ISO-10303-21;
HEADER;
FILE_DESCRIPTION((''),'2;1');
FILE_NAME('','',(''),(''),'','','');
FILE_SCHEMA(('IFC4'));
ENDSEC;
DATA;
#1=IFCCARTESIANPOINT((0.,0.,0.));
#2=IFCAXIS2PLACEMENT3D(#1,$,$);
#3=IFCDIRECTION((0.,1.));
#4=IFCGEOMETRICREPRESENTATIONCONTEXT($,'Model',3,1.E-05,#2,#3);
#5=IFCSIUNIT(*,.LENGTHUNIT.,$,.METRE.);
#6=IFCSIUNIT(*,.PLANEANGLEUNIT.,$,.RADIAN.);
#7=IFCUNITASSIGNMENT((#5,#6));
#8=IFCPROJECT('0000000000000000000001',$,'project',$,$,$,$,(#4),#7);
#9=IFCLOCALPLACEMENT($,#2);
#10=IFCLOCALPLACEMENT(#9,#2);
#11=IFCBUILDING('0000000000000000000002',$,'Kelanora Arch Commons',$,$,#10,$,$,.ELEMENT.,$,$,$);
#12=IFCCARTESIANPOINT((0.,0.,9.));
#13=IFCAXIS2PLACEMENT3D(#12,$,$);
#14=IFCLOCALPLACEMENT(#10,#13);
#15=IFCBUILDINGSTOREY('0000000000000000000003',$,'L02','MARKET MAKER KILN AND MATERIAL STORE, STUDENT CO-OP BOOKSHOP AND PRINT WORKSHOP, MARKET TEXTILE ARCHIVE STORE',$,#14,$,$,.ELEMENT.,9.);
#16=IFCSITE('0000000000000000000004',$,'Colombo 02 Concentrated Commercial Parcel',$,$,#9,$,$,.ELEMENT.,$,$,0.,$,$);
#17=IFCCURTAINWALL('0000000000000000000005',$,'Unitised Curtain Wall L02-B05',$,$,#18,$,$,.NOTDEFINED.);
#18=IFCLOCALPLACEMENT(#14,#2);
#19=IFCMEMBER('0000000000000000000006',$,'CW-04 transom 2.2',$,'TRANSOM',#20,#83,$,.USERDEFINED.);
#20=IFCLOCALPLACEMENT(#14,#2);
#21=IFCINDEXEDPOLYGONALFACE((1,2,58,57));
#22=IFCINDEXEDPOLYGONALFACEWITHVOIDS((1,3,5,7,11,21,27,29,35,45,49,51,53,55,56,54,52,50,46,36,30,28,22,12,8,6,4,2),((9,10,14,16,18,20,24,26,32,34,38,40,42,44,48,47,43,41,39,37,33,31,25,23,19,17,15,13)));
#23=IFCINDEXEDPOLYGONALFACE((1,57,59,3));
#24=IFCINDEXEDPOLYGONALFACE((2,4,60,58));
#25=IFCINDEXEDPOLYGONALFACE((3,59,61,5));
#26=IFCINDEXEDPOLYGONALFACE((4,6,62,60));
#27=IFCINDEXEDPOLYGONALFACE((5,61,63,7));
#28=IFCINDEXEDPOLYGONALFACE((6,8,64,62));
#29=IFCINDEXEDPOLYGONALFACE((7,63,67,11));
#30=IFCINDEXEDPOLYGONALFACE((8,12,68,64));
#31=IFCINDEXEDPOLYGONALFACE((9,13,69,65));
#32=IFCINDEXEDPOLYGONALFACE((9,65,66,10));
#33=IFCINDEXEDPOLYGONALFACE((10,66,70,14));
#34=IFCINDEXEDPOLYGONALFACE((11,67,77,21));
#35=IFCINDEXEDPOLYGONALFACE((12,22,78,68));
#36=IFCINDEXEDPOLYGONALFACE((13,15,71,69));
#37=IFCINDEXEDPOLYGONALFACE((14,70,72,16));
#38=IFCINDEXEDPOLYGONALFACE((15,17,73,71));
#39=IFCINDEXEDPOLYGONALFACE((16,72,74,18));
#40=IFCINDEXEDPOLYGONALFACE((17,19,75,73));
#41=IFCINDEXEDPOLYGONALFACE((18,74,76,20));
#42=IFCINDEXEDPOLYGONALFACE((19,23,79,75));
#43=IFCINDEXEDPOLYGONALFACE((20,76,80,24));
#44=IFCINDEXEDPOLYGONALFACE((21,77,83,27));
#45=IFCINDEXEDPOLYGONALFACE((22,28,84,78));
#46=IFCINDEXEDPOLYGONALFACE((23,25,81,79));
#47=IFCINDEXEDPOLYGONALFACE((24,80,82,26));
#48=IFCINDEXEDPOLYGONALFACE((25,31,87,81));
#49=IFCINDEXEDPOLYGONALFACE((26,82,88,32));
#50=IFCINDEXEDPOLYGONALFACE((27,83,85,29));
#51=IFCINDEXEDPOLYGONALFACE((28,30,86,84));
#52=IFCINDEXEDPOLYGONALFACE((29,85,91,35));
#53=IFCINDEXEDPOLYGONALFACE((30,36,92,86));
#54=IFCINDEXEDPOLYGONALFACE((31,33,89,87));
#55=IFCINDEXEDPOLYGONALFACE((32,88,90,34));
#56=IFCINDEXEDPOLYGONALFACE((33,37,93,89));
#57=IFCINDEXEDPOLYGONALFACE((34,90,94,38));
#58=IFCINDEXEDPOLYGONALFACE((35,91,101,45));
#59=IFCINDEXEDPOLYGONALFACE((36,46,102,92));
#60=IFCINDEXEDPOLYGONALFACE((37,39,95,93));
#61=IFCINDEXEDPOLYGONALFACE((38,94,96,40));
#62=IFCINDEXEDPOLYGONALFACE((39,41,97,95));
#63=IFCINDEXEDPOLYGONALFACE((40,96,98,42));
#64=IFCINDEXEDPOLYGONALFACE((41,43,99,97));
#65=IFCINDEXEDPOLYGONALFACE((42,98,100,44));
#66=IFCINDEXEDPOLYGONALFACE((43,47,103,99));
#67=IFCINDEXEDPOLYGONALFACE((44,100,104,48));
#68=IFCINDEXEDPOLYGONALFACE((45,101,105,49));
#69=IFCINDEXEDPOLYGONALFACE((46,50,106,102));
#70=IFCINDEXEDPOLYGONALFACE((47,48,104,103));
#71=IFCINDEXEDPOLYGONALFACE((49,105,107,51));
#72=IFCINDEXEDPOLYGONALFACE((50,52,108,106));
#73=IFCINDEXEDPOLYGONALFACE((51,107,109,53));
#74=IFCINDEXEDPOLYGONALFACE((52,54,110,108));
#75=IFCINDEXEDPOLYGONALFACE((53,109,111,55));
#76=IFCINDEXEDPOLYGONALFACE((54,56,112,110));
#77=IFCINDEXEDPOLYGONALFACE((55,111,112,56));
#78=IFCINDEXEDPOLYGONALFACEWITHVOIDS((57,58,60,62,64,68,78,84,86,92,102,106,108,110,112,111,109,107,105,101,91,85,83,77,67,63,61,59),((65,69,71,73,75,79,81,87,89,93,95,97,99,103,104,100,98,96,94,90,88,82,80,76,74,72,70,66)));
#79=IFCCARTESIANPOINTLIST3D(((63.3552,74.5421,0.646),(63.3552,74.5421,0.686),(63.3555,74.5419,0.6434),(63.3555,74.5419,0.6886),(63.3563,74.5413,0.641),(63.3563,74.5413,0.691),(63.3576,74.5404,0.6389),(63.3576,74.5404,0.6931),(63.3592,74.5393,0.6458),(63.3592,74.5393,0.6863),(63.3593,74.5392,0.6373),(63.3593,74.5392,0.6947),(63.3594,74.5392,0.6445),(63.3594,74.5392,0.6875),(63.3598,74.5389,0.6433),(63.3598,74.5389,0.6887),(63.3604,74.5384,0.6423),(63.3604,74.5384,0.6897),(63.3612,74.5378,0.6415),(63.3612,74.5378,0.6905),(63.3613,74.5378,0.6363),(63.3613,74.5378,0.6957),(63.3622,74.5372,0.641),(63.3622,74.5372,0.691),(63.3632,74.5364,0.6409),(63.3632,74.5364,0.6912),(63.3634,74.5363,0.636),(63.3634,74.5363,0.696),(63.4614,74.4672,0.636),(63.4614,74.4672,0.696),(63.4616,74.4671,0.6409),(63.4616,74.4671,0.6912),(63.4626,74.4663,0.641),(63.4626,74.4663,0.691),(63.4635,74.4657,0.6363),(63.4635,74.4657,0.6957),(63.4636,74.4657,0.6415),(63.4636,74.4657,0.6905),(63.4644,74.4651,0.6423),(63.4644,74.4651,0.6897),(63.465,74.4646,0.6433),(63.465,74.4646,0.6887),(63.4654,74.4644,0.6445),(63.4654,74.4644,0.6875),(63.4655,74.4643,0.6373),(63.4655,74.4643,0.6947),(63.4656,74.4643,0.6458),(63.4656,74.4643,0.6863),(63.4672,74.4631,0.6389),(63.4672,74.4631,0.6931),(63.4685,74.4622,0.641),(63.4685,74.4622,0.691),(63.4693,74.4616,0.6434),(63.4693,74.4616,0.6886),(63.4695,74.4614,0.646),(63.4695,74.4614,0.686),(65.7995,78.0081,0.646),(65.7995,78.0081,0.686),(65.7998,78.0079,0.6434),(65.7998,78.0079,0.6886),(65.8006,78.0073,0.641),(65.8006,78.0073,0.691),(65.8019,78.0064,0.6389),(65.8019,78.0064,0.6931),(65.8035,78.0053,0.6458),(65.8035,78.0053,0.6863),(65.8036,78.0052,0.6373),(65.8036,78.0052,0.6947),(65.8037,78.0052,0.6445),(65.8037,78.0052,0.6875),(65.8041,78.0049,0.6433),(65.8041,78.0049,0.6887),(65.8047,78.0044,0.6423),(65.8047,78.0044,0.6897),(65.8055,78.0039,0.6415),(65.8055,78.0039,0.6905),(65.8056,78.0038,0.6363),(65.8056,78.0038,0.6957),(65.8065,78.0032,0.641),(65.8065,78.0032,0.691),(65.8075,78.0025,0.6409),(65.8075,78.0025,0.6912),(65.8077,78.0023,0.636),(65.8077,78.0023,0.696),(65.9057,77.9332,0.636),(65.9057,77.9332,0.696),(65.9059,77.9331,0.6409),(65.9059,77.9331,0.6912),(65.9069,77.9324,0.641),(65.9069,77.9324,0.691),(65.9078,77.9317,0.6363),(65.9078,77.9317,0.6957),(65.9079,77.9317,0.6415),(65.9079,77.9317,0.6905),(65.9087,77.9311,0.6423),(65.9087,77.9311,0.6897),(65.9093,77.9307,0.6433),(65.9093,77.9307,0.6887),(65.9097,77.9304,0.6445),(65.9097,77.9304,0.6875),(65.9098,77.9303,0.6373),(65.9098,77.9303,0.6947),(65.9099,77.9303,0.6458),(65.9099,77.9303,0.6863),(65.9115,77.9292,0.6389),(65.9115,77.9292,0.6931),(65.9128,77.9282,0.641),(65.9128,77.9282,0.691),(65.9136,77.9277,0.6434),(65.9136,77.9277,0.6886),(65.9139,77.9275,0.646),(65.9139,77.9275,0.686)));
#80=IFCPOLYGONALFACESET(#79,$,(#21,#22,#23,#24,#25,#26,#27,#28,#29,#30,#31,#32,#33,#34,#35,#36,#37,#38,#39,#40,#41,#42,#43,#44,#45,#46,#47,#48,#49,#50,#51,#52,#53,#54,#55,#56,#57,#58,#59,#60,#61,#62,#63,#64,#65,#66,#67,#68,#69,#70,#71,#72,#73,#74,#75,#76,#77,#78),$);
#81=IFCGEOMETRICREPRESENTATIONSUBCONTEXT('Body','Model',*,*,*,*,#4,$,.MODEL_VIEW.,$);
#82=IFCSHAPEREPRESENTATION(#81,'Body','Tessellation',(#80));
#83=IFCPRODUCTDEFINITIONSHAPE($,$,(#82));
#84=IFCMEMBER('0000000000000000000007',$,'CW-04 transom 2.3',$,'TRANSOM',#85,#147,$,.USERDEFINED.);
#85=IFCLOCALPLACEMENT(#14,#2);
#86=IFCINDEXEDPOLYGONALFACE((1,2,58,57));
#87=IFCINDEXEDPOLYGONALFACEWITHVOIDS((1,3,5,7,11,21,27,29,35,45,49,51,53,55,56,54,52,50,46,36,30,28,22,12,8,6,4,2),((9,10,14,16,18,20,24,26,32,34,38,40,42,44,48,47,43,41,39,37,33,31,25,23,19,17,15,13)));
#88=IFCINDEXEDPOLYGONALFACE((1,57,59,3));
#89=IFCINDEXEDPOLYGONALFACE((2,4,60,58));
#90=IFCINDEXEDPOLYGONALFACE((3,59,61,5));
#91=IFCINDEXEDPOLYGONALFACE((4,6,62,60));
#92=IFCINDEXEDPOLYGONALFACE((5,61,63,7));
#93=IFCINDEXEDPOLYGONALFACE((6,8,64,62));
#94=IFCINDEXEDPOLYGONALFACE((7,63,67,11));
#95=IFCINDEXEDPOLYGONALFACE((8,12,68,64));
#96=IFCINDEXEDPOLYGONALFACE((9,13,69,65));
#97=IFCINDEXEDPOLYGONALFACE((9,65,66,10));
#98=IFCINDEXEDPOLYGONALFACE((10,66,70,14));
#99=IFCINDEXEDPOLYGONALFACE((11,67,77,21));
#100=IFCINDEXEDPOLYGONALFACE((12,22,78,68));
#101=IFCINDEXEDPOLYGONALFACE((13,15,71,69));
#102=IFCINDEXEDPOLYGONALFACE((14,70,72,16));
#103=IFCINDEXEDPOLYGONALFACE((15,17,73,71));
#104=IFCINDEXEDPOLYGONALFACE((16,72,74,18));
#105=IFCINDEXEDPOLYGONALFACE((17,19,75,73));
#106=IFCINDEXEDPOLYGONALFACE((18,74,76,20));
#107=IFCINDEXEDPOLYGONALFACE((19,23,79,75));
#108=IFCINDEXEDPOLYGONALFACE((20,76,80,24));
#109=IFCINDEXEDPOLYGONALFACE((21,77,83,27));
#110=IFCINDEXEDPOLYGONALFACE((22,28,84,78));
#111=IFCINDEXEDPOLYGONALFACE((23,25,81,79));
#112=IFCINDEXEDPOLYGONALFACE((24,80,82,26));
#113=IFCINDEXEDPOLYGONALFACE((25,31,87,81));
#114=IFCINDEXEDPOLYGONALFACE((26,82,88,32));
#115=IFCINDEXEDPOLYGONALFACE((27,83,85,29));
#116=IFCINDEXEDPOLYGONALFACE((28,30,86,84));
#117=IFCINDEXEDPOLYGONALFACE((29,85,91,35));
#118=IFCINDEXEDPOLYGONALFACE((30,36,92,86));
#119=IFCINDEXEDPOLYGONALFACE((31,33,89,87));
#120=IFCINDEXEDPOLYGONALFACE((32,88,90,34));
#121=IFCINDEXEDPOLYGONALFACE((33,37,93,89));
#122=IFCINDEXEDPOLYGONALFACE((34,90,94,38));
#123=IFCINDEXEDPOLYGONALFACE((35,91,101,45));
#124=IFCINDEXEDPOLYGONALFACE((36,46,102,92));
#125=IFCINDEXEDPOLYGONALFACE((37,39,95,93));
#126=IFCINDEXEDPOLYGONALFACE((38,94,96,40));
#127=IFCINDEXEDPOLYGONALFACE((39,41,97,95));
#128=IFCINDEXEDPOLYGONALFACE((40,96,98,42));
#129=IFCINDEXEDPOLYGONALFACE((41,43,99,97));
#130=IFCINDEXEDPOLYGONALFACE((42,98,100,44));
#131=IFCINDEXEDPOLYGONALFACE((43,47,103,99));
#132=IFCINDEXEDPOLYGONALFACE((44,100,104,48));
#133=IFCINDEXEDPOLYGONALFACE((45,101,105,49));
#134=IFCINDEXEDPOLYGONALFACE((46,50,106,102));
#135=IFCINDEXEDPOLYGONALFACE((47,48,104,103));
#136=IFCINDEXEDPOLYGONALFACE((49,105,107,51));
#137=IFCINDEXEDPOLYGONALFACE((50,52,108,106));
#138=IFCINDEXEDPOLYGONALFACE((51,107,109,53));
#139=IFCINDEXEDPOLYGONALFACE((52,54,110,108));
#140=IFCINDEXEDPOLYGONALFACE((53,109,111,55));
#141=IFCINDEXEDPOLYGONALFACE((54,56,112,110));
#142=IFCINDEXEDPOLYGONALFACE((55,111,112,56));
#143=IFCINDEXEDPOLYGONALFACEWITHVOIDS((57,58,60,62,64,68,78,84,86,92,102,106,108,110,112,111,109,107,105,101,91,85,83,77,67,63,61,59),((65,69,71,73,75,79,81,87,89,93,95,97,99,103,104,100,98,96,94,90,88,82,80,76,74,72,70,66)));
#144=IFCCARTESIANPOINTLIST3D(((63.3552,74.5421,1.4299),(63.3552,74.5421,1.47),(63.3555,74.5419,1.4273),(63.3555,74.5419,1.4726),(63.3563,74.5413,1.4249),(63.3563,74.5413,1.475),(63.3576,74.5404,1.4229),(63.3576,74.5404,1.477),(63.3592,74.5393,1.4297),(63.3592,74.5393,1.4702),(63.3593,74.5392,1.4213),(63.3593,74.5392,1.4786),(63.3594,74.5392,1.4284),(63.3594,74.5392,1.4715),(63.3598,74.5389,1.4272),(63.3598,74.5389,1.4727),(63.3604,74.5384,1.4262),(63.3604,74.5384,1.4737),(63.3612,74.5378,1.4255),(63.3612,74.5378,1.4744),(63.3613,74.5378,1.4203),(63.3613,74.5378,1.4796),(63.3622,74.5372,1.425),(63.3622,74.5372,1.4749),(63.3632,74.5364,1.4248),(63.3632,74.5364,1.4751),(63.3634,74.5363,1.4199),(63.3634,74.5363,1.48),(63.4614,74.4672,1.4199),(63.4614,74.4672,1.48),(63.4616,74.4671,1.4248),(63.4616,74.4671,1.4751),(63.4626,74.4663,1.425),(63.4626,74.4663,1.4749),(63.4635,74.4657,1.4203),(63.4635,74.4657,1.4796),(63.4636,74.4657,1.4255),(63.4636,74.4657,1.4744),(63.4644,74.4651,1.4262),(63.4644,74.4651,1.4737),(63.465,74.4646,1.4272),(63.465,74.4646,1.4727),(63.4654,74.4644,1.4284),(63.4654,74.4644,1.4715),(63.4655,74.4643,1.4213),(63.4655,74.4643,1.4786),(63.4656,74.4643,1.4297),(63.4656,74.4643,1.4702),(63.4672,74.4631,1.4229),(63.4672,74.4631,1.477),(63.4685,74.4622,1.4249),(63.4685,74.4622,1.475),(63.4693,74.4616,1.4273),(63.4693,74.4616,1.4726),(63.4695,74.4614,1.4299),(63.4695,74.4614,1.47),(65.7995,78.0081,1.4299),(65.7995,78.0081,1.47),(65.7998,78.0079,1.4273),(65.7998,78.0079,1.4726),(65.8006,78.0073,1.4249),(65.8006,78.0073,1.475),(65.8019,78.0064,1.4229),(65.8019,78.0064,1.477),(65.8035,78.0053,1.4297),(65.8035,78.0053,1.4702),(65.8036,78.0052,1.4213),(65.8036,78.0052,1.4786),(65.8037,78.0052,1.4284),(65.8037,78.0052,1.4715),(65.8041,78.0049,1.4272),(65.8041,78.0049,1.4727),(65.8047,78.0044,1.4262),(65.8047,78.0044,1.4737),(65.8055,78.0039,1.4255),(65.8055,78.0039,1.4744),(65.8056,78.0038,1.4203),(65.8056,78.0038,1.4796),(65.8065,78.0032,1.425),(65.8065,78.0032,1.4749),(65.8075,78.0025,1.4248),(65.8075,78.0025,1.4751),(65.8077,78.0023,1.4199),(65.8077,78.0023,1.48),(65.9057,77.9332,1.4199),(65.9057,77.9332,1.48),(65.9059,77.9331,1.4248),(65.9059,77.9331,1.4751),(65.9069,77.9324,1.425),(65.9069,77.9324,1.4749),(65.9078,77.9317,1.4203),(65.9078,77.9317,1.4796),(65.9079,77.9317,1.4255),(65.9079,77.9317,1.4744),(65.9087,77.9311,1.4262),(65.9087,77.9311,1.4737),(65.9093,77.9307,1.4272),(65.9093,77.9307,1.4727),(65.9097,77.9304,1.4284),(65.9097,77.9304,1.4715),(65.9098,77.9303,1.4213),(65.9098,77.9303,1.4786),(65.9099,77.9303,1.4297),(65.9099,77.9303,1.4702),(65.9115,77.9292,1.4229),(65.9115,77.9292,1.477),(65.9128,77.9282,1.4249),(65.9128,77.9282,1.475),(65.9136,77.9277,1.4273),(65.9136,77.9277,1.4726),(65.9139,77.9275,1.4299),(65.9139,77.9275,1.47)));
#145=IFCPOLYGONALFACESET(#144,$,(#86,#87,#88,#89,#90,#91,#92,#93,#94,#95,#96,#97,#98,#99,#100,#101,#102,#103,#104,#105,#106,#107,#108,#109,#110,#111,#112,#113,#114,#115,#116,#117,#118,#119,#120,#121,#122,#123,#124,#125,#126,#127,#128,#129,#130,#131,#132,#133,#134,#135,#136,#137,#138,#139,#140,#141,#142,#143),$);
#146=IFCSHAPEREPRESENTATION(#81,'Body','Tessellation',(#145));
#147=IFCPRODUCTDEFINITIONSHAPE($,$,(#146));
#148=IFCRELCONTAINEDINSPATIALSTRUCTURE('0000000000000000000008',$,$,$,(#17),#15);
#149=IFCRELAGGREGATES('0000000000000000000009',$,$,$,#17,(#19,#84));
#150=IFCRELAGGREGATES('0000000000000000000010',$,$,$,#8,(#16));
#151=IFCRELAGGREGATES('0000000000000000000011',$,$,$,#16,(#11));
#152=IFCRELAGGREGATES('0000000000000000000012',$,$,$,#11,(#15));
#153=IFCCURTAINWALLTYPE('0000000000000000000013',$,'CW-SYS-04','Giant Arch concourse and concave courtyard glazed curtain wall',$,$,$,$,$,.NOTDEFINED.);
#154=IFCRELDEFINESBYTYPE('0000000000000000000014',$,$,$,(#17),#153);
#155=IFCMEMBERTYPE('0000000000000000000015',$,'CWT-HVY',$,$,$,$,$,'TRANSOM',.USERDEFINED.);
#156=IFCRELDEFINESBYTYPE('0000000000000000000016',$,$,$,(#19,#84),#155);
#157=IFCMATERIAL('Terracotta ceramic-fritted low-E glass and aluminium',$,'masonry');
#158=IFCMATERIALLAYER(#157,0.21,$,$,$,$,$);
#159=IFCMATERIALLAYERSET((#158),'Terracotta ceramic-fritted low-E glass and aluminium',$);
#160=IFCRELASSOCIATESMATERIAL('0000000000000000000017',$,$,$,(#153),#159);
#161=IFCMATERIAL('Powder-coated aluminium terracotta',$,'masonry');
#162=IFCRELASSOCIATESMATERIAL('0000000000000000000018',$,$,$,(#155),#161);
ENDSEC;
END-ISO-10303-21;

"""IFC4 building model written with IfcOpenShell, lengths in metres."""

from ifc_helpers import new_model, si_unit, direction, frame, origin, origin_2d, place, context, subcontext, project, spatial, hollow_rectangle, extrude, material, layer, layer_set, material_profile, profile_set, type_object, element, aggregate, save


model = new_model("IFC4")

# Units and contexts
model_context = context("Model", 3, precision=1e-05, world=origin(), true_north=direction((0.0, 1.0)))
body_context = subcontext(model_context, "Body", "Model", "MODEL_VIEW")
ifc_project = project(units=[si_unit("LENGTHUNIT", "METRE"), si_unit("PLANEANGLEUNIT", "RADIAN")], contexts=[model_context])

# Site, building, storey
site_placement = place(None, origin())
site = spatial("IfcSite", under=ifc_project, at=site_placement, Name="Colombo 02 Concentrated Commercial Parcel", CompositionType="ELEMENT", RefElevation=0.0)
building_placement = place(site_placement, origin())
building = spatial("IfcBuilding", under=site, at=building_placement, Name="Kelanora Arch Commons", CompositionType="ELEMENT")
storey_placement = place(building_placement, frame((0.0, 0.0, 9.0)))
storey = spatial("IfcBuildingStorey", under=building, at=storey_placement, Name="L02", Description="MARKET MAKER KILN AND MATERIAL STORE, STUDENT CO-OP BOOKSHOP AND PRINT WORKSHOP, MARKET TEXTILE ARCHIVE STORE", CompositionType="ELEMENT", Elevation=9.0)

# Curtain wall
ifc_material_1 = material(Name="Terracotta ceramic-fritted low-E glass and aluminium", Category="masonry")
ifc_layer_1 = layer(ifc_material_1, 0.21)
ifc_layer_set_1 = layer_set([ifc_layer_1], Name="Terracotta ceramic-fritted low-E glass and aluminium")
curtain_wall_type = type_object("IfcCurtainWallType", Name="CW-SYS-04", Description="Giant Arch concourse and concave courtyard glazed curtain wall", PredefinedType="NOTDEFINED", material=ifc_layer_set_1)
curtain_wall_1_placement = place(storey_placement, origin())
curtain_wall_1 = element("IfcCurtainWall", 1, at=curtain_wall_1_placement, inside=storey, type_object=curtain_wall_type, Name="Unitised Curtain Wall L02-B05", PredefinedType="NOTDEFINED")
ifc_material_2 = material(Name="Powder-coated aluminium terracotta", Category="masonry")

# Members
ifc_material_profile_1 = material_profile(ifc_material_2, hollow_rectangle(XDim=0.1399, YDim=0.0601, WallThickness=0.0049, InnerFilletRadius=0.0049, OuterFilletRadius=0.01, at=origin_2d()), Name="CWT140x60")
ifc_profile_set_1 = profile_set([ifc_material_profile_1], Name="Powder-coated aluminium terracotta")
member_type_1 = type_object("IfcMemberType", Name="CWT-HVY", ElementType="TRANSOM", PredefinedType="USERDEFINED", material=ifc_profile_set_1)
member_1_placement = place(storey_placement, frame((65.8567, 77.9678, 0.666), z_axis=(-0.576322, -0.817223, 0.0), x_axis=(0.817223, -0.576322, 0.0)))
member_1 = element("IfcMember", 2, at=member_1_placement, type_object=member_type_1, Name="CW-04 transom 2.2", ObjectType="TRANSOM", PredefinedType="USERDEFINED", context=body_context, shape_type="SweptSolid", body=[
    extrude(hollow_rectangle(XDim=0.1399, YDim=0.0601, WallThickness=0.0049, InnerFilletRadius=0.0049, OuterFilletRadius=0.01, at=origin_2d()), origin(), (0.0, 0.0, 1.0), 4.2412),
])
member_2_placement = place(storey_placement, frame((65.8567, 77.9678, 1.45), z_axis=(-0.576322, -0.817223, 0.0), x_axis=(0.817223, -0.576322, 0.0)))
member_2 = element("IfcMember", 3, at=member_2_placement, type_object=member_type_1, Name="CW-04 transom 2.3", ObjectType="TRANSOM", PredefinedType="USERDEFINED", context=body_context, shape_type="SweptSolid", body=[
    extrude(hollow_rectangle(XDim=0.1399, YDim=0.0601, WallThickness=0.0049, InnerFilletRadius=0.0049, OuterFilletRadius=0.01, at=origin_2d()), origin(), (0.0, 0.0, 1.0), 4.2412),
])

aggregate(curtain_wall_1, [member_1, member_2])

save(model, "model.ifc")
